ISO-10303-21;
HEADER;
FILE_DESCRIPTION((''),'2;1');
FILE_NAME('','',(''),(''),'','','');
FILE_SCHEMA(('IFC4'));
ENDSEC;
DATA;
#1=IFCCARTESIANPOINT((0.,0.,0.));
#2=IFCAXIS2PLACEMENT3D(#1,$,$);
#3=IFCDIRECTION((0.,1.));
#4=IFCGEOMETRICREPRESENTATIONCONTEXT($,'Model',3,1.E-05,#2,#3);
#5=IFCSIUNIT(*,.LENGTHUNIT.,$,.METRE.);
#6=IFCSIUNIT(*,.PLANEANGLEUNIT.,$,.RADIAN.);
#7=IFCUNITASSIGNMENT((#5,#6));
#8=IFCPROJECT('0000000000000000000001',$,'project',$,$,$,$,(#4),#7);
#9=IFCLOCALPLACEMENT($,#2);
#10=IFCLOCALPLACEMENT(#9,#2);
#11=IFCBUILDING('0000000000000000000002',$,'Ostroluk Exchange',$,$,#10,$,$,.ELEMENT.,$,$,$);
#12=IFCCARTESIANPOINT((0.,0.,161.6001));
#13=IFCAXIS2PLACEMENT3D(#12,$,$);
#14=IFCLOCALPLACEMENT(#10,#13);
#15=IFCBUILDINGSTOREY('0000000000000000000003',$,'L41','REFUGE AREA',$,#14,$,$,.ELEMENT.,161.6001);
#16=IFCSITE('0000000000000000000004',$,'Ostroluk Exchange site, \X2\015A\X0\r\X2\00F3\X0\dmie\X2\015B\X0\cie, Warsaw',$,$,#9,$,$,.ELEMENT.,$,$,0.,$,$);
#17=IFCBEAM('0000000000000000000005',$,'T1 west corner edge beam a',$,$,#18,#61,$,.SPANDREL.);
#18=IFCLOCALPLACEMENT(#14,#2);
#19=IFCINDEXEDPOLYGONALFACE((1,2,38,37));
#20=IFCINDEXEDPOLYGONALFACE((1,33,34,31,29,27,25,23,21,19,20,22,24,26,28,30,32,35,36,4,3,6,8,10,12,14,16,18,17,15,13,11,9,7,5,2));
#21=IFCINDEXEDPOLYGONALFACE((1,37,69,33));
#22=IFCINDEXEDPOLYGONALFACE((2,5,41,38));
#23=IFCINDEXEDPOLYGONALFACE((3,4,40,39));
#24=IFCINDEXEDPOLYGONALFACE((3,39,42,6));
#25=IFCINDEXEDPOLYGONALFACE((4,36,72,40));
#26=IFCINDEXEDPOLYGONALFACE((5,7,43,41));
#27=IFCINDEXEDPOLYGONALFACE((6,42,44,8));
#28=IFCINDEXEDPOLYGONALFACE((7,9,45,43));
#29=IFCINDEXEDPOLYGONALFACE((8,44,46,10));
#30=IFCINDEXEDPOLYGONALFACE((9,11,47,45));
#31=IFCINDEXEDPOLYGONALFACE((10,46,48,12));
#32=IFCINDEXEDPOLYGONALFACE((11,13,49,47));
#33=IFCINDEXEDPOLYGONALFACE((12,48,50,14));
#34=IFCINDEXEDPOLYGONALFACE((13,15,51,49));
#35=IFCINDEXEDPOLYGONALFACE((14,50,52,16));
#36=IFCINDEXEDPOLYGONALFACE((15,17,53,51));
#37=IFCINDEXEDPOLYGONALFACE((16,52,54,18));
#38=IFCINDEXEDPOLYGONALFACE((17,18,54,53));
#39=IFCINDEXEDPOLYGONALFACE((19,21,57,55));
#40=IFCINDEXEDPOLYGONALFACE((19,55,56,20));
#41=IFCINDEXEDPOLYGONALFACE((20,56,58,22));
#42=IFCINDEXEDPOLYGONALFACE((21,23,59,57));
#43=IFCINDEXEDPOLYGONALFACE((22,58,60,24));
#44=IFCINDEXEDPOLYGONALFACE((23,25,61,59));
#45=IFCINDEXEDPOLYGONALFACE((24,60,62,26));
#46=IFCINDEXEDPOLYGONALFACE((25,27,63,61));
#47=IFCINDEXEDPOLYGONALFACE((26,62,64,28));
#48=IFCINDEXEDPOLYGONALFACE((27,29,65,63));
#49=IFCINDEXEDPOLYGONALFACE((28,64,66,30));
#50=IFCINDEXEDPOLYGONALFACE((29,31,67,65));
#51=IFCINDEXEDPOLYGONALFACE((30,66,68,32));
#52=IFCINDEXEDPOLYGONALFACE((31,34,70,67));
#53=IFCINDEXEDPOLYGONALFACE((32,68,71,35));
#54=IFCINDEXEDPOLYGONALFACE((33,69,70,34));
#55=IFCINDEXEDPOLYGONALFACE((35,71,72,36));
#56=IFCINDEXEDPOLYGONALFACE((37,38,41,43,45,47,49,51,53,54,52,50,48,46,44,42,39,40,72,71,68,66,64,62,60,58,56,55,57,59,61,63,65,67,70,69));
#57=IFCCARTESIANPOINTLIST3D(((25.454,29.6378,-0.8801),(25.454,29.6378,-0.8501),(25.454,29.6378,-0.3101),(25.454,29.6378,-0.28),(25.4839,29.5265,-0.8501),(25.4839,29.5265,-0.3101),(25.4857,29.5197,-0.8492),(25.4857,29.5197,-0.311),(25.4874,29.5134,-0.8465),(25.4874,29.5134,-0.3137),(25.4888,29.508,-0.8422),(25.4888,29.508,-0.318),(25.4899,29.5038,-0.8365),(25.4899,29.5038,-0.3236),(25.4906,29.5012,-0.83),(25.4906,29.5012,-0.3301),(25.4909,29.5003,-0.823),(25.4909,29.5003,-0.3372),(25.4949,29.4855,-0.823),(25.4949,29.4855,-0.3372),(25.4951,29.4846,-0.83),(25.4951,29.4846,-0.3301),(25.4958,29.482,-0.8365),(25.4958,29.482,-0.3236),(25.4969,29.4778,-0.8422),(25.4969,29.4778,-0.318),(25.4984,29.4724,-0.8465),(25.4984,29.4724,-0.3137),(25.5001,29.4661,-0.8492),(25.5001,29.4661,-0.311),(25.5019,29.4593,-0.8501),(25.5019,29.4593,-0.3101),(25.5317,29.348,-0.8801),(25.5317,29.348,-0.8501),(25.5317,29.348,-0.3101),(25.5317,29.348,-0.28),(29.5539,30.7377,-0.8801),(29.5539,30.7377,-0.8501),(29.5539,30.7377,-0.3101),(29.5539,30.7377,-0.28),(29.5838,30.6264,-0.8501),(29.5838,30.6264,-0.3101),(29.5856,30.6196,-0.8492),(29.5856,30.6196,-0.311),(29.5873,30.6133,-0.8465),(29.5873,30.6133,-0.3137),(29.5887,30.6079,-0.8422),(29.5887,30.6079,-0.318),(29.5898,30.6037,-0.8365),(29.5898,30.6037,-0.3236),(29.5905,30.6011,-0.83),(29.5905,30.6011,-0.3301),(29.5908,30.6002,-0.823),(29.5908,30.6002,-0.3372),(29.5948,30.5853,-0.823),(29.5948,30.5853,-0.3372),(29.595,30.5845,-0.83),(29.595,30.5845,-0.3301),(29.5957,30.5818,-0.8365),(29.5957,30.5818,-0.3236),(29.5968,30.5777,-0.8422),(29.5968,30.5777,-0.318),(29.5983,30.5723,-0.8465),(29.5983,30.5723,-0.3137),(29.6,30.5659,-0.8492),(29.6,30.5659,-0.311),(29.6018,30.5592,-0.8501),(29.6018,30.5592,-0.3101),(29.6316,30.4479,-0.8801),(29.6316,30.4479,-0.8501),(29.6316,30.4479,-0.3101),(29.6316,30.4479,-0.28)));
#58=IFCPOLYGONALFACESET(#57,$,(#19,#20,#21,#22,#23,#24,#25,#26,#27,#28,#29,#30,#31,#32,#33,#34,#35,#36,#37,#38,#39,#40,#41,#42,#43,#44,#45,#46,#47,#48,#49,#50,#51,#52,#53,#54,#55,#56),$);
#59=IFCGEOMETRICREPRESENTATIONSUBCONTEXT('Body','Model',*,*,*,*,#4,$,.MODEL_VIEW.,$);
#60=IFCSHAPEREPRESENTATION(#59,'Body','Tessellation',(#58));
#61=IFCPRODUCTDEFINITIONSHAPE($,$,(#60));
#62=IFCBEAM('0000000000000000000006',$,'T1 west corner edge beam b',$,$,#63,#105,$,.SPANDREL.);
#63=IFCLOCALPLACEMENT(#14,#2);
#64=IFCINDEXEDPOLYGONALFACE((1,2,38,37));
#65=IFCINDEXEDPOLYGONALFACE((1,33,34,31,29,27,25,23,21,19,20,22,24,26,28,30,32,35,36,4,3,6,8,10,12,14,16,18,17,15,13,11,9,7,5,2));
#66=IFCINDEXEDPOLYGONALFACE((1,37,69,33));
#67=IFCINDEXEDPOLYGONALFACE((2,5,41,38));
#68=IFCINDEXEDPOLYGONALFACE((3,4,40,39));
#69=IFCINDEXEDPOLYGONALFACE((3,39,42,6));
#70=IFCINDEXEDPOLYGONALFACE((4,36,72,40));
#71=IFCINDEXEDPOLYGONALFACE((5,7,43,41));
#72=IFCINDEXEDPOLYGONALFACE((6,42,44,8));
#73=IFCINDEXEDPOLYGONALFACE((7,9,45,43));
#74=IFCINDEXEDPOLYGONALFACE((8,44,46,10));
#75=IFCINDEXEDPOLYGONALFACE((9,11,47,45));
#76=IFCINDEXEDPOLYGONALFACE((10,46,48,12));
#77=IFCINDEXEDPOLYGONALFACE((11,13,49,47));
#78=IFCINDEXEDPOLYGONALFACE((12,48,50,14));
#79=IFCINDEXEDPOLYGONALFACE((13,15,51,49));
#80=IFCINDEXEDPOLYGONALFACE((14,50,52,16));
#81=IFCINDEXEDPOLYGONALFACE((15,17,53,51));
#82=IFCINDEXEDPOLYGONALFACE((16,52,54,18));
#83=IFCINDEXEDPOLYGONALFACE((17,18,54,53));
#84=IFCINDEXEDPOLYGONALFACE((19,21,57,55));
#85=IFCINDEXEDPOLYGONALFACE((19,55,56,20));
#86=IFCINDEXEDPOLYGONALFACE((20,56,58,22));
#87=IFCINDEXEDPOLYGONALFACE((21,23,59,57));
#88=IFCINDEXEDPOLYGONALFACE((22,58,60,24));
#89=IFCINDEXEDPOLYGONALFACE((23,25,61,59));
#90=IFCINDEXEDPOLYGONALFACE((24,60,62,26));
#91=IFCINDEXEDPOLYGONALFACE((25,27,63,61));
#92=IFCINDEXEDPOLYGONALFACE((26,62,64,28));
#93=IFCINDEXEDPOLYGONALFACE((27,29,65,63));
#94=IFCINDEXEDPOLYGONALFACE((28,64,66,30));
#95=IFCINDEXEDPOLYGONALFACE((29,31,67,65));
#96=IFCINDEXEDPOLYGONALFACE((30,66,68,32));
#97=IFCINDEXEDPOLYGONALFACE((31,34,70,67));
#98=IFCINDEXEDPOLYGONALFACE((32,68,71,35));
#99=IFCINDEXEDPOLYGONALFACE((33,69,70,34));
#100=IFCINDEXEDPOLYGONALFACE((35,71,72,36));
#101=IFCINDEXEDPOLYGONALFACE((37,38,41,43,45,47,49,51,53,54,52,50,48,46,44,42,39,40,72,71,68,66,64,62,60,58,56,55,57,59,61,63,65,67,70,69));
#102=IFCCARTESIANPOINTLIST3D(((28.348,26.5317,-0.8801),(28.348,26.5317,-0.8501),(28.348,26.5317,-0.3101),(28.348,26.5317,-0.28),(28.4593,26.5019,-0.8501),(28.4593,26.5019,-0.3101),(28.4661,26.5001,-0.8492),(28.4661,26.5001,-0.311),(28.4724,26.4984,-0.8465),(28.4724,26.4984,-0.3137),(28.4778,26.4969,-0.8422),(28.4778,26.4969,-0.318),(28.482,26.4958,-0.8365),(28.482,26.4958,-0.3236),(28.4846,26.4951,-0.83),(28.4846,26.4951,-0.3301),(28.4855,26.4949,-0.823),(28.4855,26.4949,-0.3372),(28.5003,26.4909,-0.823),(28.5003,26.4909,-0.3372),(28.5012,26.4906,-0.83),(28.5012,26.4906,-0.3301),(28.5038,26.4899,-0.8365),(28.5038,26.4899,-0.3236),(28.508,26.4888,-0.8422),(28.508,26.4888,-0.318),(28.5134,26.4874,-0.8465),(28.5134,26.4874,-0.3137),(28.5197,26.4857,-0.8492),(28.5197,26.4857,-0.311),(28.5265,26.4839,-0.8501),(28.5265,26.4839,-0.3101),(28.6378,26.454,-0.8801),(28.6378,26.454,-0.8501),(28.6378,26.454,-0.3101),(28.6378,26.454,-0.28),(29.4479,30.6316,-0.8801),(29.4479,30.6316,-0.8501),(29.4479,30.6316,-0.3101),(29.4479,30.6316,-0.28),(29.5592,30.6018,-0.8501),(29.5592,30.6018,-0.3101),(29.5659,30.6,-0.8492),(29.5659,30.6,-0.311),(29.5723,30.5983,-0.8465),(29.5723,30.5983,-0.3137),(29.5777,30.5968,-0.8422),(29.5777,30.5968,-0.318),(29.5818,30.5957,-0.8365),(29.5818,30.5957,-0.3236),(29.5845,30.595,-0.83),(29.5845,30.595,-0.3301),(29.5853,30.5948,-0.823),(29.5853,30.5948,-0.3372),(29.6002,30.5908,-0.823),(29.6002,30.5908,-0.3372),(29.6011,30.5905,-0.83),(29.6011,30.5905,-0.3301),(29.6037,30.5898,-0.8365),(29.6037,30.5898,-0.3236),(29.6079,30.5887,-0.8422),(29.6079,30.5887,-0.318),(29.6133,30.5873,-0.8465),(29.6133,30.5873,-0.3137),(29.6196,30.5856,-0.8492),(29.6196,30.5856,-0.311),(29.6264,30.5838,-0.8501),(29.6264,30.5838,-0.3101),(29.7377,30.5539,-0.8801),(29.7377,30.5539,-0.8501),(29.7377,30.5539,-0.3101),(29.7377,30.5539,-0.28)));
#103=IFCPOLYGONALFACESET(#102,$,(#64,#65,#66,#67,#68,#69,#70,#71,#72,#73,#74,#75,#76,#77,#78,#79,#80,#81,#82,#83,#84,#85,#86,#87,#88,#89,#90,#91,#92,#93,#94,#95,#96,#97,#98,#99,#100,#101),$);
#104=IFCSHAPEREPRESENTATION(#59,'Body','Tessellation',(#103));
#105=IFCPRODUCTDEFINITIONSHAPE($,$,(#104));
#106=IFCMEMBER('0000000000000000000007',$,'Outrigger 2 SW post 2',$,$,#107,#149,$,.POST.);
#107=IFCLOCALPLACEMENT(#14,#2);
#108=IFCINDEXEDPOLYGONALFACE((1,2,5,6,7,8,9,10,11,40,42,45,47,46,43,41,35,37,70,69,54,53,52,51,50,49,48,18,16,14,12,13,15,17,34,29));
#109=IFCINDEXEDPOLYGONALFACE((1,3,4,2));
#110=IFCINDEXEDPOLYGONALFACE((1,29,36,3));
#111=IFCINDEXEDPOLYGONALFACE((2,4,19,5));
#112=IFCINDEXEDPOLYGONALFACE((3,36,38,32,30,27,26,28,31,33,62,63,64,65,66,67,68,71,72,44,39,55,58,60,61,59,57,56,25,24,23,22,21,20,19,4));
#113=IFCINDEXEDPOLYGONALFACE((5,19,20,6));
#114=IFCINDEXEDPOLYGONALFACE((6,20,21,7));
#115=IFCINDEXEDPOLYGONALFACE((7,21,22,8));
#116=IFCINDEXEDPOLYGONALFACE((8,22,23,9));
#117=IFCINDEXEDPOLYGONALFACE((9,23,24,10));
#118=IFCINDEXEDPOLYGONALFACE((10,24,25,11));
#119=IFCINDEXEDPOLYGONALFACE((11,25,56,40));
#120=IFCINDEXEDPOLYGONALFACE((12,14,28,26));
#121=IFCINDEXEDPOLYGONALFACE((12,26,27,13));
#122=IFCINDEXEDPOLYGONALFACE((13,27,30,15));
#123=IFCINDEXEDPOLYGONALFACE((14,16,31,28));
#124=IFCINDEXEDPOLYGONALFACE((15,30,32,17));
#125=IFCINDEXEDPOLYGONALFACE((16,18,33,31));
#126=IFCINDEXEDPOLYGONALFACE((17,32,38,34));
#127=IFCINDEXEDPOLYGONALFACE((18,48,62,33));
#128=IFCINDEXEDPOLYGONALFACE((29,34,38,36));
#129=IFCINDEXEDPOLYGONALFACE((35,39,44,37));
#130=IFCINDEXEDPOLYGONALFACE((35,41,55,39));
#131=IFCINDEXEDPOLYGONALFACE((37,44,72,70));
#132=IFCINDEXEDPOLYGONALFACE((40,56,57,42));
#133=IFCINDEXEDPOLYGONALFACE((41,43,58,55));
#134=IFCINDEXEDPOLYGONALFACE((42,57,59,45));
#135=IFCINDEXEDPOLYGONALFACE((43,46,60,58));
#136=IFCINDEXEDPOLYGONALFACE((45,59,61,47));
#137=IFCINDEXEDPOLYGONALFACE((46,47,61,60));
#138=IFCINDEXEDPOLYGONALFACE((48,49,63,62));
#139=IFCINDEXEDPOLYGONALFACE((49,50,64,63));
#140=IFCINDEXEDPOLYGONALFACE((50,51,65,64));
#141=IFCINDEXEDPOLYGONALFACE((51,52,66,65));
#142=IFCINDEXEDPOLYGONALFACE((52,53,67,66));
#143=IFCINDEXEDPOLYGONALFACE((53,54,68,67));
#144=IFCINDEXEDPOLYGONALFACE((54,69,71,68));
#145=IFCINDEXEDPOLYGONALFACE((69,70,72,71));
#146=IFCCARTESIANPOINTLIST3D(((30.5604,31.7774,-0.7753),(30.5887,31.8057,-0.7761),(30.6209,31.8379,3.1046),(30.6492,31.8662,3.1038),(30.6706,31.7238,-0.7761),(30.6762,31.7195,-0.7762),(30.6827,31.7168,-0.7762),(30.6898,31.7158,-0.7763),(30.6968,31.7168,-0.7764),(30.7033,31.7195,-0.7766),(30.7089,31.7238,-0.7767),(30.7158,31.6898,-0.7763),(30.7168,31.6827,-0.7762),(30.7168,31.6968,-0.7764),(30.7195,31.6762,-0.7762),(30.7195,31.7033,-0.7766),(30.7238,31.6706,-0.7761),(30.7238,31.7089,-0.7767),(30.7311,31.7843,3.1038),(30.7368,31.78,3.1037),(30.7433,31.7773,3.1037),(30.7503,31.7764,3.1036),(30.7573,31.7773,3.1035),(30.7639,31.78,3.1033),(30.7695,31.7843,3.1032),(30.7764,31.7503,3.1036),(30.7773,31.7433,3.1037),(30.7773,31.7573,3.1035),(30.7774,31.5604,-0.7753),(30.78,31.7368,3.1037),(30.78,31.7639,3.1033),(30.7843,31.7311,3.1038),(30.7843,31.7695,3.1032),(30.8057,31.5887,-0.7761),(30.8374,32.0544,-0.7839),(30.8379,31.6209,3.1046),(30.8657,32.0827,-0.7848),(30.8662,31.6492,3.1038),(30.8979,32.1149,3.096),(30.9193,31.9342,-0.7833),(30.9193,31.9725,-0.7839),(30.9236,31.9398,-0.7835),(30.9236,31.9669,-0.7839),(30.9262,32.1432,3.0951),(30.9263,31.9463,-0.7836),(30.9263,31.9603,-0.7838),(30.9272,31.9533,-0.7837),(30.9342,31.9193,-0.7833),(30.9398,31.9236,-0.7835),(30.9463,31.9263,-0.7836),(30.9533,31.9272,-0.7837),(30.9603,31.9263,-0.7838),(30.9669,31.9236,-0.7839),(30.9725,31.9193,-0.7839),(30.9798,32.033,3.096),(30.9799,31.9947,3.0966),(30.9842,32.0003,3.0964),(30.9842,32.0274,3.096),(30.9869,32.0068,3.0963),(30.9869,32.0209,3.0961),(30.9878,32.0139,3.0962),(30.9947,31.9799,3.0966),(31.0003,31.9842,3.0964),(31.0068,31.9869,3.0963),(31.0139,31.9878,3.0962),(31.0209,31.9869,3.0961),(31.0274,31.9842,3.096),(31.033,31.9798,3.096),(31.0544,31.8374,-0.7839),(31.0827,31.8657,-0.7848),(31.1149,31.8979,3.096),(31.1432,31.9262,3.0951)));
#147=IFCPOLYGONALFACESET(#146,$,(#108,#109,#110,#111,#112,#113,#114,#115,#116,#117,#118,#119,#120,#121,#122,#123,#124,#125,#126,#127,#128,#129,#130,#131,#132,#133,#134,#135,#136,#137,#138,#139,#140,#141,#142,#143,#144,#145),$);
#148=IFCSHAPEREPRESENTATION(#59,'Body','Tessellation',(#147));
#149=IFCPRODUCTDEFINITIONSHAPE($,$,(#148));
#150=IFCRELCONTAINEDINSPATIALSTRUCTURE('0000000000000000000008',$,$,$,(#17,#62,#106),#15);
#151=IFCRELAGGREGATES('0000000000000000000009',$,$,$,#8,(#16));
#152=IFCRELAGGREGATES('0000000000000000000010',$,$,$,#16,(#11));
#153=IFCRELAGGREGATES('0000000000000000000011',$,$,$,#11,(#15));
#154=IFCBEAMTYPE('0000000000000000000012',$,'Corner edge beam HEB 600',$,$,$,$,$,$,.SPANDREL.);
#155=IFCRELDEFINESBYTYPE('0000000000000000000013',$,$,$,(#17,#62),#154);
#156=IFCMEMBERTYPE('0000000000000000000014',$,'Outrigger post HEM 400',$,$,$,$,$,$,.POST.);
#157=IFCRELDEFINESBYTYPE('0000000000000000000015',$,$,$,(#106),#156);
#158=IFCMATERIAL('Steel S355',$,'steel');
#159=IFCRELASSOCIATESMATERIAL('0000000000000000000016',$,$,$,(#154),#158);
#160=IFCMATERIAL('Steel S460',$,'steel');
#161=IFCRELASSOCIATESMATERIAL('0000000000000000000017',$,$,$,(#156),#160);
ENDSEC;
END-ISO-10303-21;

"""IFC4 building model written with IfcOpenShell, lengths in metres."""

from ifc_helpers import new_model, si_unit, direction, frame, origin, origin_2d, place, context, subcontext, project, spatial, i_section, extrude, material, material_profile, profile_set, type_object, element, save


model = new_model("IFC4")

# Units and contexts
model_context = context("Model", 3, precision=1e-05, world=origin(), true_north=direction((0.0, 1.0)))
body_context = subcontext(model_context, "Body", "Model", "MODEL_VIEW")
ifc_project = project(units=[si_unit("LENGTHUNIT", "METRE"), si_unit("PLANEANGLEUNIT", "RADIAN")], contexts=[model_context])

# Site, building, storey
site_placement = place(None, origin())
site = spatial("IfcSite", under=ifc_project, at=site_placement, Name="Ostroluk Exchange site, Śródmieście, Warsaw", CompositionType="ELEMENT", RefElevation=0.0)
building_placement = place(site_placement, origin())
building = spatial("IfcBuilding", under=site, at=building_placement, Name="Ostroluk Exchange", CompositionType="ELEMENT")
storey_placement = place(building_placement, frame((0.0, 0.0, 161.6001)))
storey = spatial("IfcBuildingStorey", under=building, at=storey_placement, Name="L41", Description="REFUGE AREA", CompositionType="ELEMENT", Elevation=161.6001)

# Beams
ifc_material_1 = material(Name="Steel S355", Category="steel")
ifc_material_profile_1 = material_profile(ifc_material_1, i_section(OverallWidth=0.3, OverallDepth=0.6001, WebThickness=0.0154, FlangeThickness=0.03, FilletRadius=0.0271, at=origin_2d()), Name="HEB 600")
ifc_profile_set_1 = profile_set([ifc_material_profile_1], Name="Steel S355")
beam_type = type_object("IfcBeamType", Name="Corner edge beam HEB 600", PredefinedType="SPANDREL", material=ifc_profile_set_1)
for number, where, z_axis, x_axis, name in (
    (1, (29.5928, 30.5928, -0.5801), (-0.965849, -0.259105, 0.0), (0.259105, -0.965849, 0.0), "T1 west corner edge beam a"),
    (2, (29.5928, 30.5928, -0.5801), (-0.259105, -0.965849, 0.0), (0.965849, -0.259105, 0.0), "T1 west corner edge beam b"),
):
    element("IfcBeam", number, at=place(storey_placement, frame(where, z_axis=z_axis, x_axis=x_axis)), inside=storey, type_object=beam_type, Name=name, PredefinedType="SPANDREL", context=body_context, shape_type="SweptSolid", body=[
        extrude(i_section(OverallWidth=0.3, OverallDepth=0.6001, WebThickness=0.0154, FlangeThickness=0.03, FilletRadius=0.0271, at=origin_2d()), origin(), (0.0, 0.0, 1.0), 4.2449),
    ])

# Member
ifc_material_2 = material(Name="Steel S460", Category="steel")
ifc_material_profile_2 = material_profile(ifc_material_2, i_section(OverallWidth=0.3069, OverallDepth=0.4319, WebThickness=0.021, FlangeThickness=0.04, FilletRadius=0.0271, at=origin_2d()), Name="HEM 400")
ifc_profile_set_2 = profile_set([ifc_material_profile_2], Name="Steel S460")
member_type_1 = type_object("IfcMemberType", Name="Outrigger post HEM 400", PredefinedType="POST", material=ifc_profile_set_2)
member_1_placement = place(storey_placement, frame((30.8215, 31.8215, -0.78), z_axis=(0.015602, 0.015602, 0.999757), x_axis=(-0.707107, 0.707107, 0.0)))
element("IfcMember", 3, at=member_1_placement, inside=storey, type_object=member_type_1, Name="Outrigger 2 SW post 2", PredefinedType="POST", context=body_context, shape_type="SweptSolid", body=[
    extrude(i_section(OverallWidth=0.3069, OverallDepth=0.4319, WebThickness=0.021, FlangeThickness=0.04, FilletRadius=0.0271, at=origin_2d()), origin(), (0.0, 0.0, 1.0), 3.8809),
])

save(model, "model.ifc")
